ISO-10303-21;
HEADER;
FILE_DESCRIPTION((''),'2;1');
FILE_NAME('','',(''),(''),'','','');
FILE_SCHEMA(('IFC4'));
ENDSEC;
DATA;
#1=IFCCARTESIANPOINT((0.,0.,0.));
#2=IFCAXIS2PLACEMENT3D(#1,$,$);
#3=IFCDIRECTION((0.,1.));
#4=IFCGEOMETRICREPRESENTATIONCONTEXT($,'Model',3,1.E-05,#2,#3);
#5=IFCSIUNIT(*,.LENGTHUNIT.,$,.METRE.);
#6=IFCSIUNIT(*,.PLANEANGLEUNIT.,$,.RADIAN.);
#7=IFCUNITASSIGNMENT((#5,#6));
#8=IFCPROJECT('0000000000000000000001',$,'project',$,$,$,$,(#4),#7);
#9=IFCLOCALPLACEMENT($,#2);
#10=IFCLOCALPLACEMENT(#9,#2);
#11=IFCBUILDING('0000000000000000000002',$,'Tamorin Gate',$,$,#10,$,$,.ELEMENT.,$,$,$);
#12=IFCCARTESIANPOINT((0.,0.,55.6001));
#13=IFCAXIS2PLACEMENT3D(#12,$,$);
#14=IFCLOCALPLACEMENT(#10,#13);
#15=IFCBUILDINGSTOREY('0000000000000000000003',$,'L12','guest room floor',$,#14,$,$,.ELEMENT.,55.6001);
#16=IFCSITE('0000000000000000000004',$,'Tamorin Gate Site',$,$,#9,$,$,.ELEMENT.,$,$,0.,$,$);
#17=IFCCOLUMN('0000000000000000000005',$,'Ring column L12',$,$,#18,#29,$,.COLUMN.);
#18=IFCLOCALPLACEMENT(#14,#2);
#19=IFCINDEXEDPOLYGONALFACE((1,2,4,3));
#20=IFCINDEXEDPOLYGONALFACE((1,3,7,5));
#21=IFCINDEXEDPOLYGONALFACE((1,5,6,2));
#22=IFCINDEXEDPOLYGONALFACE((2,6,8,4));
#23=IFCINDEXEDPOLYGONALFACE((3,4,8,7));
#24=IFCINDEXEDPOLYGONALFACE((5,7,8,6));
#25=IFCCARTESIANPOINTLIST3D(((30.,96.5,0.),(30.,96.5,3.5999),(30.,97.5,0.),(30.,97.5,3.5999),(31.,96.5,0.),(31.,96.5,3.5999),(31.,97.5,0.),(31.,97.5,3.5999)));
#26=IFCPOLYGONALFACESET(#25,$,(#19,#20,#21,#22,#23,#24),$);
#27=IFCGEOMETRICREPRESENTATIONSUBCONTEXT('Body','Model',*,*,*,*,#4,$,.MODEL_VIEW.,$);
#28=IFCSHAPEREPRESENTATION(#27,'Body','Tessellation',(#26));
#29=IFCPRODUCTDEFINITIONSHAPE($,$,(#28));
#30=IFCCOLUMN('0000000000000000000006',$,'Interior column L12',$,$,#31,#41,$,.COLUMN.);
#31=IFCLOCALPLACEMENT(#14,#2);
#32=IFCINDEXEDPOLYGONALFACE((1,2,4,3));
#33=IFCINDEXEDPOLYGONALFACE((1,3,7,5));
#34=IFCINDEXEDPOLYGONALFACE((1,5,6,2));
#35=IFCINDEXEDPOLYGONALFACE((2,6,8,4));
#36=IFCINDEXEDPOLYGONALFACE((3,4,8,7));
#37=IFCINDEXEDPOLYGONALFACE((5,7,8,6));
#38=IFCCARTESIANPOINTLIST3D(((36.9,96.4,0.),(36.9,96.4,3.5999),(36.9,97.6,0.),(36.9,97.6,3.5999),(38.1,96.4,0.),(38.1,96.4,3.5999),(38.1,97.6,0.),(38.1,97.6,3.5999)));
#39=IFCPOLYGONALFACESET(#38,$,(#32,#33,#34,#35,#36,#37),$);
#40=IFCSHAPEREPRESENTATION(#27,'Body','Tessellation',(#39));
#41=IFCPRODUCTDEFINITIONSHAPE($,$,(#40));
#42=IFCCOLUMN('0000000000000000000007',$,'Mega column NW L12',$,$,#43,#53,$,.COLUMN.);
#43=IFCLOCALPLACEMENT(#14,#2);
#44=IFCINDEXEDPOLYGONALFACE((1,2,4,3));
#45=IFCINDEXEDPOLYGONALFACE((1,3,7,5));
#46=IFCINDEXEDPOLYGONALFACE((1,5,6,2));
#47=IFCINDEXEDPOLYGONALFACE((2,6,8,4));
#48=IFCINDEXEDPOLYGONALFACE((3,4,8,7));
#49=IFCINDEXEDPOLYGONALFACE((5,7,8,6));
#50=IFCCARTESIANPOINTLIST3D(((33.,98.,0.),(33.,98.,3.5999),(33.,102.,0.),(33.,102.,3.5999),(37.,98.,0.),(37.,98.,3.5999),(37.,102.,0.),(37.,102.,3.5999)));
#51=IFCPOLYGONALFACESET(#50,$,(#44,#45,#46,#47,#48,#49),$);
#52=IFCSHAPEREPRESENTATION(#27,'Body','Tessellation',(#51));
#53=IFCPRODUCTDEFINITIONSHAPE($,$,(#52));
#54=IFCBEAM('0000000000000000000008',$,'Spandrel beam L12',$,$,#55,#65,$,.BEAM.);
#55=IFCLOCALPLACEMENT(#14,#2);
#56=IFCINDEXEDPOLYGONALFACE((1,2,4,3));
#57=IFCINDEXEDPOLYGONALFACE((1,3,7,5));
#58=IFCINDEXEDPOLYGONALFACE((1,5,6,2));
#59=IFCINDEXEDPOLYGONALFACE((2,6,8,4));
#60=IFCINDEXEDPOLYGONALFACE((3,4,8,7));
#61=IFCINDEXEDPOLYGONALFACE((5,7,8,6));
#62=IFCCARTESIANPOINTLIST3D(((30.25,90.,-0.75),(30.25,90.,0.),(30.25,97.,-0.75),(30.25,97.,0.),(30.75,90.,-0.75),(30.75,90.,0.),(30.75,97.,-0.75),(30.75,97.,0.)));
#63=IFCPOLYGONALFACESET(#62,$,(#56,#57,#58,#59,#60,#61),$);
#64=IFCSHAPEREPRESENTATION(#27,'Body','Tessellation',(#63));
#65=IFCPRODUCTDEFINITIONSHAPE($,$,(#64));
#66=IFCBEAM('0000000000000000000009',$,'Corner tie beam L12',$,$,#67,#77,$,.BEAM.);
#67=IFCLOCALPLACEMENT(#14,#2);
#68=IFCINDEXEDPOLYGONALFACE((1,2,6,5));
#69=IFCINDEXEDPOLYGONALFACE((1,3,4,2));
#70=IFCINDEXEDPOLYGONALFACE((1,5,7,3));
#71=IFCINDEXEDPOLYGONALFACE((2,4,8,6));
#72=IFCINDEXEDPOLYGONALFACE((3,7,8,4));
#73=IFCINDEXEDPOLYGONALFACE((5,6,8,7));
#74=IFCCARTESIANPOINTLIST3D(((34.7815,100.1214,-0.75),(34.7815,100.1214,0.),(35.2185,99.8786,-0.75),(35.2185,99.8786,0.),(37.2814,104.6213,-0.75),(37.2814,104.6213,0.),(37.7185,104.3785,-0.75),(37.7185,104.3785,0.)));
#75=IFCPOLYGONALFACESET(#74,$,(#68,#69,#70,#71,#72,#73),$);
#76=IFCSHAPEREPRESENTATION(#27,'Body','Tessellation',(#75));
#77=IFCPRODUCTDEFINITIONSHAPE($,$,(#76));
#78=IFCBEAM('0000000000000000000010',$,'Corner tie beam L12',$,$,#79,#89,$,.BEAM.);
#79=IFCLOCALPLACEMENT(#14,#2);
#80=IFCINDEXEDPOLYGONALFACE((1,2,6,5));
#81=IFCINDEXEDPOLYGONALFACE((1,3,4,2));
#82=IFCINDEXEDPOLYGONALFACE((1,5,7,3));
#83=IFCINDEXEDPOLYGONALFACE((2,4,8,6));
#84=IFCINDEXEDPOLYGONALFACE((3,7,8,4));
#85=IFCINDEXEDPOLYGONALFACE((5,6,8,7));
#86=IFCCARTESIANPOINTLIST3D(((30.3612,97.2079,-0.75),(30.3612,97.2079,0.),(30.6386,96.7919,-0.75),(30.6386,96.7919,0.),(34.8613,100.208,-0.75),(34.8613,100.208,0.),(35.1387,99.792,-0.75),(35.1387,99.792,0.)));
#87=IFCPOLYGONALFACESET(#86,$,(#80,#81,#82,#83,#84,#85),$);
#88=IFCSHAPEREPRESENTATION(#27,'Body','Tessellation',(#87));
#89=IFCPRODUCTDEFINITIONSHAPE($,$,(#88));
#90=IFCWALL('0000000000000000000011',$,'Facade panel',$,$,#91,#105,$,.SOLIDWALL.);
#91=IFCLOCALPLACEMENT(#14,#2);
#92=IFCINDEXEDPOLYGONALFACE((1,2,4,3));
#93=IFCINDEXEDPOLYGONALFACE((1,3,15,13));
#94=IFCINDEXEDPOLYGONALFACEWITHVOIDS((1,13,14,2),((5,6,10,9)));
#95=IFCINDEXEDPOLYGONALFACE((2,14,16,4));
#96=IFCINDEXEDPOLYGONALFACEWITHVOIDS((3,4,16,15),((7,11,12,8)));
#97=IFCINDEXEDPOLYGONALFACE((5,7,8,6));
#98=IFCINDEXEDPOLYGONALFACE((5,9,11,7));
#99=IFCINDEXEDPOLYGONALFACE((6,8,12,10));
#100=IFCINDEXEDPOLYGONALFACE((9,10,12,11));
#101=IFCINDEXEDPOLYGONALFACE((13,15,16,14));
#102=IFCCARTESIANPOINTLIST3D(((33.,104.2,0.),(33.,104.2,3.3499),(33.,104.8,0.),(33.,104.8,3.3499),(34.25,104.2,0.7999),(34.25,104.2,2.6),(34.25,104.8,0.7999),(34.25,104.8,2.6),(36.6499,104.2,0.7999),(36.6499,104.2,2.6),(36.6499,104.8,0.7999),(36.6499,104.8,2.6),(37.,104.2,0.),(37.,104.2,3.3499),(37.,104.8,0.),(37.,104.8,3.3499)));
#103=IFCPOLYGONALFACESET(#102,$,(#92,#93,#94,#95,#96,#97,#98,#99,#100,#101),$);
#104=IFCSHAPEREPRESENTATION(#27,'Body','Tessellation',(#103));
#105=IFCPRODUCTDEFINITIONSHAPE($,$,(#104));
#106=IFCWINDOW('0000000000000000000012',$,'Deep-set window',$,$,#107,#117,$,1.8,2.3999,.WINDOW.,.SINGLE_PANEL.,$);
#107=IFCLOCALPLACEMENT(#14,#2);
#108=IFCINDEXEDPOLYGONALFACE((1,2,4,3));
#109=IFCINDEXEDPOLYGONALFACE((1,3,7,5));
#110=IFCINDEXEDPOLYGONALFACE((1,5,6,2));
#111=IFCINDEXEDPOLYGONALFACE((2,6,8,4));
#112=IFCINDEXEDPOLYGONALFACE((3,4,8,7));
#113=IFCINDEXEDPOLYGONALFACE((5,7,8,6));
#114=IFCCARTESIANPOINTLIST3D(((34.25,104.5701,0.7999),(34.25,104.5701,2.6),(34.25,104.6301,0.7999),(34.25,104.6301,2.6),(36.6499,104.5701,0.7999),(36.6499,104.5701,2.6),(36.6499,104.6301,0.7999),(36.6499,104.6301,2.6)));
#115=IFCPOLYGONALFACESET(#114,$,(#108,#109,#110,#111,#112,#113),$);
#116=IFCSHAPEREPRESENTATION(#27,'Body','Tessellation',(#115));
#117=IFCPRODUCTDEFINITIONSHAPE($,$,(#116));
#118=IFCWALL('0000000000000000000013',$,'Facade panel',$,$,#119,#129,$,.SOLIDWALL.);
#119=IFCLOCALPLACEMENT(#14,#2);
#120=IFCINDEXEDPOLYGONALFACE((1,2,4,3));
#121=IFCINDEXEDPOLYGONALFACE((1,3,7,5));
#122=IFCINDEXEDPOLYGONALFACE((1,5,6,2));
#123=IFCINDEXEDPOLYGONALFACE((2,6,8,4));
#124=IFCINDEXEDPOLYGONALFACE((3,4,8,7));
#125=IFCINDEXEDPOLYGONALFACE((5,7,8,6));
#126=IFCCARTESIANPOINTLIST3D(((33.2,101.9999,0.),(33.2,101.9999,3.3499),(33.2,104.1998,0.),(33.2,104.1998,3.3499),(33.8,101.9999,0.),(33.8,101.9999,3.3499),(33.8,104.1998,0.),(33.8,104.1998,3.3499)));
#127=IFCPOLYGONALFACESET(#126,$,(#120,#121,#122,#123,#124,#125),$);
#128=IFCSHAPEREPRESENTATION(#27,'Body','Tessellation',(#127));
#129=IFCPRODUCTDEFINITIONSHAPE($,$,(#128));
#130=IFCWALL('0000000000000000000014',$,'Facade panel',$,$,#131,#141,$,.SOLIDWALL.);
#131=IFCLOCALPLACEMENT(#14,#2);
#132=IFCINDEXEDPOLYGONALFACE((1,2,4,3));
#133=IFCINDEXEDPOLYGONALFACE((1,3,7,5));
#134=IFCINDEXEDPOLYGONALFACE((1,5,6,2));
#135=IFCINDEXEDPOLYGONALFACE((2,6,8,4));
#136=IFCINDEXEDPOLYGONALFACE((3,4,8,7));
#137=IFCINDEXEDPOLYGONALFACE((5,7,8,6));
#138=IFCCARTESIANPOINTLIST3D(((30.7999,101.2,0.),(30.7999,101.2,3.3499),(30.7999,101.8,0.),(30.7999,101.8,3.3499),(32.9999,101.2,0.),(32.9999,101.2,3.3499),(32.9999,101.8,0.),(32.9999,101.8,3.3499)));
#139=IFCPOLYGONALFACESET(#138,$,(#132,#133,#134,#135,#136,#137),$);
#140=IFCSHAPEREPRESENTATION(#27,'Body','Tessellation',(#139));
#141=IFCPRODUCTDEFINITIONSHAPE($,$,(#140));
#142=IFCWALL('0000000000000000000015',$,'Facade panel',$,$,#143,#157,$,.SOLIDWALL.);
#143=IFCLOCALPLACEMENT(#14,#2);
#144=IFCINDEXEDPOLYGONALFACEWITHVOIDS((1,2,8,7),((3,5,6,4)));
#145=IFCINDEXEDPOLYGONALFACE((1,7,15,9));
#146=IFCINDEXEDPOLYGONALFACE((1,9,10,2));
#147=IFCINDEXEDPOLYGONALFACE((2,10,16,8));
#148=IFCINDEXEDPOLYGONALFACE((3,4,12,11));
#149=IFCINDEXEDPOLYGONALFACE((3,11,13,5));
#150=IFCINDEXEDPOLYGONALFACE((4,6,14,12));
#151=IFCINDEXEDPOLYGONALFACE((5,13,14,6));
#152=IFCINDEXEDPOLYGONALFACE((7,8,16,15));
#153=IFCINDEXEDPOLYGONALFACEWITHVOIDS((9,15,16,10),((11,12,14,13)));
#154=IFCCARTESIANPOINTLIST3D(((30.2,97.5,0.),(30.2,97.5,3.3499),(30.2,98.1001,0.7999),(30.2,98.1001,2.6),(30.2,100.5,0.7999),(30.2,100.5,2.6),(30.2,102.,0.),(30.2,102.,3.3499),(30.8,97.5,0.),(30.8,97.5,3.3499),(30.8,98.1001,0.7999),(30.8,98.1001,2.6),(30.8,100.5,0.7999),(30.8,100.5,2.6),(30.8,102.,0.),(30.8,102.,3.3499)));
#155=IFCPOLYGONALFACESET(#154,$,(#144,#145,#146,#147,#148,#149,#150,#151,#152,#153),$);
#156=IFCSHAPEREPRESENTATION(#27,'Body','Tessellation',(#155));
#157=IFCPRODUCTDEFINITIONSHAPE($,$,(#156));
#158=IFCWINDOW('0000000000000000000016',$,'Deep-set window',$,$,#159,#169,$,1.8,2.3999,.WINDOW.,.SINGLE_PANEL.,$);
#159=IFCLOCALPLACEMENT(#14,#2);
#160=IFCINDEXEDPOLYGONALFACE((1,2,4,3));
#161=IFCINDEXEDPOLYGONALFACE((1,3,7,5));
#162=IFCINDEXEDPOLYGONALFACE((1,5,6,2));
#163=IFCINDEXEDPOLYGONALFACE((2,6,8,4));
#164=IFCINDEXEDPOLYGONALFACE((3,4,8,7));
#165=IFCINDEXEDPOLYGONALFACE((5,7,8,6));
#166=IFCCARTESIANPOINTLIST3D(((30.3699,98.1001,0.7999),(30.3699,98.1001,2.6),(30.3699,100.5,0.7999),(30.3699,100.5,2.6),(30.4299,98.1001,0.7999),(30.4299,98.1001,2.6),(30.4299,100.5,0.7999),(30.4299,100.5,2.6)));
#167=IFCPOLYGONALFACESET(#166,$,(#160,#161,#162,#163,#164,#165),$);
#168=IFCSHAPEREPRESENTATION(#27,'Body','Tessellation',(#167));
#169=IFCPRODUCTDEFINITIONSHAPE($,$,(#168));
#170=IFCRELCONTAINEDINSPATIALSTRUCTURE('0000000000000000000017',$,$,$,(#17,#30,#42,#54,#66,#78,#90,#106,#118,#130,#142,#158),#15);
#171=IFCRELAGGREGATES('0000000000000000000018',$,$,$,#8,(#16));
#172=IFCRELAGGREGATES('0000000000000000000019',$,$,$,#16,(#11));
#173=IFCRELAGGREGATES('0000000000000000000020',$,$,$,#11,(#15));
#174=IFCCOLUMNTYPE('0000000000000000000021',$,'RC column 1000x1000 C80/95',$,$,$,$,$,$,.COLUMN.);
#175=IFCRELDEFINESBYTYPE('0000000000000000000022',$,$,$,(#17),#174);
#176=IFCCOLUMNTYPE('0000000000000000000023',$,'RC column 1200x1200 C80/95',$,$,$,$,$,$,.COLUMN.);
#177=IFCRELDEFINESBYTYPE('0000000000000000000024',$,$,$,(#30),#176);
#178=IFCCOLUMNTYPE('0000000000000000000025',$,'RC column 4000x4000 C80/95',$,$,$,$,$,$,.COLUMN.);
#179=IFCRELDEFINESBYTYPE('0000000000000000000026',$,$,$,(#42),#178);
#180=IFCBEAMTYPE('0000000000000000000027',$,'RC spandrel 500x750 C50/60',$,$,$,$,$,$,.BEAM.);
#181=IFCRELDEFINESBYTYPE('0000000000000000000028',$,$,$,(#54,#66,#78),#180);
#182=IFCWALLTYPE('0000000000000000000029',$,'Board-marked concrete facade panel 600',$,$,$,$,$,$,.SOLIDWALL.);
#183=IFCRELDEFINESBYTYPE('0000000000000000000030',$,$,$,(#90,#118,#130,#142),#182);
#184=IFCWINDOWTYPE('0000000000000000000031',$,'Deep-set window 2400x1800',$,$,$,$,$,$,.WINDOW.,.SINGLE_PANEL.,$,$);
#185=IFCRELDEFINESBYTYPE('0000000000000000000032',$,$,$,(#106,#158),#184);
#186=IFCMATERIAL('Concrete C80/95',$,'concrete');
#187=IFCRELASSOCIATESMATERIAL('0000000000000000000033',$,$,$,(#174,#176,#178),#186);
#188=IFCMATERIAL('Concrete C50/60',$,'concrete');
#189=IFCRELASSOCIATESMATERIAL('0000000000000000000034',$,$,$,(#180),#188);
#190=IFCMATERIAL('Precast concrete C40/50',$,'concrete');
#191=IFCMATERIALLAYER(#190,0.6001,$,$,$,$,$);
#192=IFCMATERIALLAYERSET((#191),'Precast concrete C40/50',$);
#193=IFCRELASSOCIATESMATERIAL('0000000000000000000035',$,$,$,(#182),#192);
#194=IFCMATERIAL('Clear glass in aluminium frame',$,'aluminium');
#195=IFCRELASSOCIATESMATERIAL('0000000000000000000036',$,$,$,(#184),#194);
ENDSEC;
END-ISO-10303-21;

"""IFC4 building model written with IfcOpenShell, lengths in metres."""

from ifc_helpers import new_model, si_unit, direction, frame, frame_2d, origin, origin_2d, place, context, subcontext, project, spatial, rectangle, extrude, material, layer, layer_set, material_profile, profile_set, type_object, element, fill, save


model = new_model("IFC4")

# Units and contexts
model_context = context("Model", 3, precision=1e-05, world=origin(), true_north=direction((0.0, 1.0)))
body_context = subcontext(model_context, "Body", "Model", "MODEL_VIEW")
ifc_project = project(units=[si_unit("LENGTHUNIT", "METRE"), si_unit("PLANEANGLEUNIT", "RADIAN")], contexts=[model_context])

# Site, building, storey
site_placement = place(None, origin())
site = spatial("IfcSite", under=ifc_project, at=site_placement, Name="Tamorin Gate Site", CompositionType="ELEMENT", RefElevation=0.0)
building_placement = place(site_placement, origin())
building = spatial("IfcBuilding", under=site, at=building_placement, Name="Tamorin Gate", CompositionType="ELEMENT")
storey_placement = place(building_placement, frame((0.0, 0.0, 55.6001)))
storey = spatial("IfcBuildingStorey", under=building, at=storey_placement, Name="L12", Description="guest room floor", CompositionType="ELEMENT", Elevation=55.6001)

# Columns
ifc_material_1 = material(Name="Concrete C80/95", Category="concrete")
ifc_material_profile_1 = material_profile(ifc_material_1, rectangle(XDim=1.0, YDim=1.0, at=origin_2d()), Name="RC 1000x1000")
ifc_profile_set_1 = profile_set([ifc_material_profile_1], Name="Concrete C80/95")
column_type_1 = type_object("IfcColumnType", Name="RC column 1000x1000 C80/95", PredefinedType="COLUMN", material=ifc_profile_set_1)
column_1_placement = place(storey_placement, frame((30.5, 97.0, 0.0), z_axis=(0.0, 0.0, 1.0), x_axis=(1.0, 0.0, 0.0)))
element("IfcColumn", 1, at=column_1_placement, inside=storey, type_object=column_type_1, Name="Ring column L12", PredefinedType="COLUMN", context=body_context, shape_type="SweptSolid", body=[
    extrude(rectangle(XDim=1.0, YDim=1.0, at=origin_2d()), origin(), (0.0, 0.0, 1.0), 3.5999),
])
ifc_material_profile_2 = material_profile(ifc_material_1, rectangle(XDim=1.2, YDim=1.2, at=origin_2d()), Name="RC 1200x1200")
ifc_profile_set_2 = profile_set([ifc_material_profile_2], Name="Concrete C80/95")
column_type_2 = type_object("IfcColumnType", Name="RC column 1200x1200 C80/95", PredefinedType="COLUMN", material=ifc_profile_set_2)
column_2_placement = place(storey_placement, frame((37.5, 97.0, 0.0), z_axis=(0.0, 0.0, 1.0), x_axis=(1.0, 0.0, 0.0)))
element("IfcColumn", 2, at=column_2_placement, inside=storey, type_object=column_type_2, Name="Interior column L12", PredefinedType="COLUMN", context=body_context, shape_type="SweptSolid", body=[
    extrude(rectangle(XDim=1.2, YDim=1.2, at=origin_2d()), origin(), (0.0, 0.0, 1.0), 3.5999),
])
ifc_material_profile_3 = material_profile(ifc_material_1, rectangle(XDim=4.0, YDim=4.0, at=origin_2d()), Name="RC 4000x4000")
ifc_profile_set_3 = profile_set([ifc_material_profile_3], Name="Concrete C80/95")
column_type_3 = type_object("IfcColumnType", Name="RC column 4000x4000 C80/95", PredefinedType="COLUMN", material=ifc_profile_set_3)
column_3_placement = place(storey_placement, frame((35.0, 100.0, 0.0), z_axis=(0.0, 0.0, 1.0), x_axis=(1.0, 0.0, 0.0)))
element("IfcColumn", 3, at=column_3_placement, inside=storey, type_object=column_type_3, Name="Mega column NW L12", PredefinedType="COLUMN", context=body_context, shape_type="SweptSolid", body=[
    extrude(rectangle(XDim=4.0, YDim=4.0, at=origin_2d()), origin(), (0.0, 0.0, 1.0), 3.5999),
])

# Beams
ifc_material_2 = material(Name="Concrete C50/60", Category="concrete")
ifc_material_profile_4 = material_profile(ifc_material_2, rectangle(XDim=0.5, YDim=0.75, at=origin_2d()), Name="RC 500x750")
ifc_profile_set_4 = profile_set([ifc_material_profile_4], Name="Concrete C50/60")
beam_type = type_object("IfcBeamType", Name="RC spandrel 500x750 C50/60", PredefinedType="BEAM", material=ifc_profile_set_4)
beam_1_placement = place(storey_placement, frame((30.5, 97.0, -0.375), z_axis=(0.0, -1.0, 0.0), x_axis=(1.0, 0.0, 0.0)))
element("IfcBeam", 4, at=beam_1_placement, inside=storey, type_object=beam_type, Name="Spandrel beam L12", PredefinedType="BEAM", context=body_context, shape_type="SweptSolid", body=[
    extrude(rectangle(XDim=0.5, YDim=0.75, at=origin_2d()), origin(), (0.0, 0.0, 1.0), 7.0),
])
beam_2_placement = place(storey_placement, frame((35.0, 100.0, -0.375), z_axis=(0.485643, 0.874157, 0.0), x_axis=(-0.874157, 0.485643, 0.0)))
element("IfcBeam", 5, at=beam_2_placement, inside=storey, type_object=beam_type, Name="Corner tie beam L12", PredefinedType="BEAM", context=body_context, shape_type="SweptSolid", body=[
    extrude(rectangle(XDim=0.5, YDim=0.75, at=origin_2d()), origin(), (0.0, 0.0, 1.0), 5.1477),
])
beam_3_placement = place(storey_placement, frame((35.0, 100.0, -0.375), z_axis=(-0.83205, -0.5547, 0.0), x_axis=(0.5547, -0.83205, 0.0)))
element("IfcBeam", 6, at=beam_3_placement, inside=storey, type_object=beam_type, Name="Corner tie beam L12", PredefinedType="BEAM", context=body_context, shape_type="SweptSolid", body=[
    extrude(rectangle(XDim=0.5, YDim=0.75, at=origin_2d()), origin(), (0.0, 0.0, 1.0), 5.4084),
])

# Wall, opening, window
ifc_material_3 = material(Name="Precast concrete C40/50", Category="concrete")
ifc_layer_1 = layer(ifc_material_3, 0.6001)
ifc_layer_set_1 = layer_set([ifc_layer_1], Name="Precast concrete C40/50")
wall_type_1 = type_object("IfcWallType", Name="Board-marked concrete facade panel 600", PredefinedType="SOLIDWALL", material=ifc_layer_set_1)
wall_1_placement = place(storey_placement, frame((37.0, 104.5, 0.0), z_axis=(0.0, 0.0, 1.0), x_axis=(-1.0, 0.0, 0.0)))
wall_1 = element("IfcWall", 7, at=wall_1_placement, inside=storey, type_object=wall_type_1, Name="Facade panel", PredefinedType="SOLIDWALL", context=body_context, shape_type="SweptSolid", body=[
    extrude(rectangle(XDim=4.0, YDim=0.6001, at=frame_2d((2.0, 0.0))), origin(), (0.0, 0.0, 1.0), 3.3499),
])
opening_1_placement = place(wall_1_placement, frame((0.3501, 0.0, 0.8)))
opening_1 = element("IfcOpeningElement", 8, at=opening_1_placement, cuts=wall_1, PredefinedType="OPENING", context=body_context, shape_type="SweptSolid", body=[
    extrude(rectangle(XDim=2.3999, YDim=1.8, at=frame_2d((1.2, 0.8999))), frame((0.0, 0.3101, 0.0), z_axis=(0.0, -1.0, 0.0), x_axis=(1.0, 0.0, 0.0)), (0.0, 0.0, 1.0), 0.6201),
])
ifc_material_4 = material(Name="Clear glass in aluminium frame", Category="aluminium")
window_type = type_object("IfcWindowType", Name="Deep-set window 2400x1800", PartitioningType="SINGLE_PANEL", PredefinedType="WINDOW", material=ifc_material_4)
window_1_placement = place(opening_1_placement, origin())
window_1 = element("IfcWindow", 9, at=window_1_placement, inside=storey, type_object=window_type, Name="Deep-set window", OverallHeight=1.8, OverallWidth=2.3999, PartitioningType="SINGLE_PANEL", PredefinedType="WINDOW", context=body_context, shape_type="SweptSolid", body=[
    extrude(rectangle(XDim=2.3999, YDim=1.8, at=frame_2d((1.2, 0.8999))), frame((0.0, -0.0701, 0.0), z_axis=(0.0, -1.0, 0.0), x_axis=(1.0, 0.0, 0.0)), (0.0, 0.0, 1.0), 0.0601),
])
fill(opening_1, window_1)

# Walls
for number, where, z_axis, x_axis, name in (
    (10, (33.5, 104.2, 0.0), (0.0, 0.0, 1.0), (0.0, -1.0, 0.0), "Facade panel"),
    (11, (33.0, 101.5, 0.0), (0.0, 0.0, 1.0), (-1.0, 0.0, 0.0), "Facade panel"),
):
    element("IfcWall", number, at=place(storey_placement, frame(where, z_axis=z_axis, x_axis=x_axis)), inside=storey, type_object=wall_type_1, Name=name, PredefinedType="SOLIDWALL", context=body_context, shape_type="SweptSolid", body=[
        extrude(rectangle(XDim=2.2, YDim=0.6001, at=frame_2d((1.1001, 0.0))), origin(), (0.0, 0.0, 1.0), 3.3499),
    ])

# Wall, opening, window
wall_2_placement = place(storey_placement, frame((30.5, 102.0, 0.0), z_axis=(0.0, 0.0, 1.0), x_axis=(0.0, -1.0, 0.0)))
wall_2 = element("IfcWall", 12, at=wall_2_placement, inside=storey, type_object=wall_type_1, Name="Facade panel", PredefinedType="SOLIDWALL", context=body_context, shape_type="SweptSolid", body=[
    extrude(rectangle(XDim=4.5, YDim=0.6001, at=frame_2d((2.25, 0.0))), origin(), (0.0, 0.0, 1.0), 3.3499),
])
opening_2_placement = place(wall_2_placement, frame((1.5, 0.0, 0.8)))
opening_2 = element("IfcOpeningElement", 13, at=opening_2_placement, cuts=wall_2, PredefinedType="OPENING", context=body_context, shape_type="SweptSolid", body=[
    extrude(rectangle(XDim=2.3999, YDim=1.8, at=frame_2d((1.2, 0.8999))), frame((0.0, 0.3101, 0.0), z_axis=(0.0, -1.0, 0.0), x_axis=(1.0, 0.0, 0.0)), (0.0, 0.0, 1.0), 0.6201),
])
window_2_placement = place(opening_2_placement, origin())
window_2 = element("IfcWindow", 14, at=window_2_placement, inside=storey, type_object=window_type, Name="Deep-set window", OverallHeight=1.8, OverallWidth=2.3999, PartitioningType="SINGLE_PANEL", PredefinedType="WINDOW", context=body_context, shape_type="SweptSolid", body=[
    extrude(rectangle(XDim=2.3999, YDim=1.8, at=frame_2d((1.2, 0.8999))), frame((0.0, -0.0701, 0.0), z_axis=(0.0, -1.0, 0.0), x_axis=(1.0, 0.0, 0.0)), (0.0, 0.0, 1.0), 0.0601),
])
fill(opening_2, window_2)

save(model, "model.ifc")
